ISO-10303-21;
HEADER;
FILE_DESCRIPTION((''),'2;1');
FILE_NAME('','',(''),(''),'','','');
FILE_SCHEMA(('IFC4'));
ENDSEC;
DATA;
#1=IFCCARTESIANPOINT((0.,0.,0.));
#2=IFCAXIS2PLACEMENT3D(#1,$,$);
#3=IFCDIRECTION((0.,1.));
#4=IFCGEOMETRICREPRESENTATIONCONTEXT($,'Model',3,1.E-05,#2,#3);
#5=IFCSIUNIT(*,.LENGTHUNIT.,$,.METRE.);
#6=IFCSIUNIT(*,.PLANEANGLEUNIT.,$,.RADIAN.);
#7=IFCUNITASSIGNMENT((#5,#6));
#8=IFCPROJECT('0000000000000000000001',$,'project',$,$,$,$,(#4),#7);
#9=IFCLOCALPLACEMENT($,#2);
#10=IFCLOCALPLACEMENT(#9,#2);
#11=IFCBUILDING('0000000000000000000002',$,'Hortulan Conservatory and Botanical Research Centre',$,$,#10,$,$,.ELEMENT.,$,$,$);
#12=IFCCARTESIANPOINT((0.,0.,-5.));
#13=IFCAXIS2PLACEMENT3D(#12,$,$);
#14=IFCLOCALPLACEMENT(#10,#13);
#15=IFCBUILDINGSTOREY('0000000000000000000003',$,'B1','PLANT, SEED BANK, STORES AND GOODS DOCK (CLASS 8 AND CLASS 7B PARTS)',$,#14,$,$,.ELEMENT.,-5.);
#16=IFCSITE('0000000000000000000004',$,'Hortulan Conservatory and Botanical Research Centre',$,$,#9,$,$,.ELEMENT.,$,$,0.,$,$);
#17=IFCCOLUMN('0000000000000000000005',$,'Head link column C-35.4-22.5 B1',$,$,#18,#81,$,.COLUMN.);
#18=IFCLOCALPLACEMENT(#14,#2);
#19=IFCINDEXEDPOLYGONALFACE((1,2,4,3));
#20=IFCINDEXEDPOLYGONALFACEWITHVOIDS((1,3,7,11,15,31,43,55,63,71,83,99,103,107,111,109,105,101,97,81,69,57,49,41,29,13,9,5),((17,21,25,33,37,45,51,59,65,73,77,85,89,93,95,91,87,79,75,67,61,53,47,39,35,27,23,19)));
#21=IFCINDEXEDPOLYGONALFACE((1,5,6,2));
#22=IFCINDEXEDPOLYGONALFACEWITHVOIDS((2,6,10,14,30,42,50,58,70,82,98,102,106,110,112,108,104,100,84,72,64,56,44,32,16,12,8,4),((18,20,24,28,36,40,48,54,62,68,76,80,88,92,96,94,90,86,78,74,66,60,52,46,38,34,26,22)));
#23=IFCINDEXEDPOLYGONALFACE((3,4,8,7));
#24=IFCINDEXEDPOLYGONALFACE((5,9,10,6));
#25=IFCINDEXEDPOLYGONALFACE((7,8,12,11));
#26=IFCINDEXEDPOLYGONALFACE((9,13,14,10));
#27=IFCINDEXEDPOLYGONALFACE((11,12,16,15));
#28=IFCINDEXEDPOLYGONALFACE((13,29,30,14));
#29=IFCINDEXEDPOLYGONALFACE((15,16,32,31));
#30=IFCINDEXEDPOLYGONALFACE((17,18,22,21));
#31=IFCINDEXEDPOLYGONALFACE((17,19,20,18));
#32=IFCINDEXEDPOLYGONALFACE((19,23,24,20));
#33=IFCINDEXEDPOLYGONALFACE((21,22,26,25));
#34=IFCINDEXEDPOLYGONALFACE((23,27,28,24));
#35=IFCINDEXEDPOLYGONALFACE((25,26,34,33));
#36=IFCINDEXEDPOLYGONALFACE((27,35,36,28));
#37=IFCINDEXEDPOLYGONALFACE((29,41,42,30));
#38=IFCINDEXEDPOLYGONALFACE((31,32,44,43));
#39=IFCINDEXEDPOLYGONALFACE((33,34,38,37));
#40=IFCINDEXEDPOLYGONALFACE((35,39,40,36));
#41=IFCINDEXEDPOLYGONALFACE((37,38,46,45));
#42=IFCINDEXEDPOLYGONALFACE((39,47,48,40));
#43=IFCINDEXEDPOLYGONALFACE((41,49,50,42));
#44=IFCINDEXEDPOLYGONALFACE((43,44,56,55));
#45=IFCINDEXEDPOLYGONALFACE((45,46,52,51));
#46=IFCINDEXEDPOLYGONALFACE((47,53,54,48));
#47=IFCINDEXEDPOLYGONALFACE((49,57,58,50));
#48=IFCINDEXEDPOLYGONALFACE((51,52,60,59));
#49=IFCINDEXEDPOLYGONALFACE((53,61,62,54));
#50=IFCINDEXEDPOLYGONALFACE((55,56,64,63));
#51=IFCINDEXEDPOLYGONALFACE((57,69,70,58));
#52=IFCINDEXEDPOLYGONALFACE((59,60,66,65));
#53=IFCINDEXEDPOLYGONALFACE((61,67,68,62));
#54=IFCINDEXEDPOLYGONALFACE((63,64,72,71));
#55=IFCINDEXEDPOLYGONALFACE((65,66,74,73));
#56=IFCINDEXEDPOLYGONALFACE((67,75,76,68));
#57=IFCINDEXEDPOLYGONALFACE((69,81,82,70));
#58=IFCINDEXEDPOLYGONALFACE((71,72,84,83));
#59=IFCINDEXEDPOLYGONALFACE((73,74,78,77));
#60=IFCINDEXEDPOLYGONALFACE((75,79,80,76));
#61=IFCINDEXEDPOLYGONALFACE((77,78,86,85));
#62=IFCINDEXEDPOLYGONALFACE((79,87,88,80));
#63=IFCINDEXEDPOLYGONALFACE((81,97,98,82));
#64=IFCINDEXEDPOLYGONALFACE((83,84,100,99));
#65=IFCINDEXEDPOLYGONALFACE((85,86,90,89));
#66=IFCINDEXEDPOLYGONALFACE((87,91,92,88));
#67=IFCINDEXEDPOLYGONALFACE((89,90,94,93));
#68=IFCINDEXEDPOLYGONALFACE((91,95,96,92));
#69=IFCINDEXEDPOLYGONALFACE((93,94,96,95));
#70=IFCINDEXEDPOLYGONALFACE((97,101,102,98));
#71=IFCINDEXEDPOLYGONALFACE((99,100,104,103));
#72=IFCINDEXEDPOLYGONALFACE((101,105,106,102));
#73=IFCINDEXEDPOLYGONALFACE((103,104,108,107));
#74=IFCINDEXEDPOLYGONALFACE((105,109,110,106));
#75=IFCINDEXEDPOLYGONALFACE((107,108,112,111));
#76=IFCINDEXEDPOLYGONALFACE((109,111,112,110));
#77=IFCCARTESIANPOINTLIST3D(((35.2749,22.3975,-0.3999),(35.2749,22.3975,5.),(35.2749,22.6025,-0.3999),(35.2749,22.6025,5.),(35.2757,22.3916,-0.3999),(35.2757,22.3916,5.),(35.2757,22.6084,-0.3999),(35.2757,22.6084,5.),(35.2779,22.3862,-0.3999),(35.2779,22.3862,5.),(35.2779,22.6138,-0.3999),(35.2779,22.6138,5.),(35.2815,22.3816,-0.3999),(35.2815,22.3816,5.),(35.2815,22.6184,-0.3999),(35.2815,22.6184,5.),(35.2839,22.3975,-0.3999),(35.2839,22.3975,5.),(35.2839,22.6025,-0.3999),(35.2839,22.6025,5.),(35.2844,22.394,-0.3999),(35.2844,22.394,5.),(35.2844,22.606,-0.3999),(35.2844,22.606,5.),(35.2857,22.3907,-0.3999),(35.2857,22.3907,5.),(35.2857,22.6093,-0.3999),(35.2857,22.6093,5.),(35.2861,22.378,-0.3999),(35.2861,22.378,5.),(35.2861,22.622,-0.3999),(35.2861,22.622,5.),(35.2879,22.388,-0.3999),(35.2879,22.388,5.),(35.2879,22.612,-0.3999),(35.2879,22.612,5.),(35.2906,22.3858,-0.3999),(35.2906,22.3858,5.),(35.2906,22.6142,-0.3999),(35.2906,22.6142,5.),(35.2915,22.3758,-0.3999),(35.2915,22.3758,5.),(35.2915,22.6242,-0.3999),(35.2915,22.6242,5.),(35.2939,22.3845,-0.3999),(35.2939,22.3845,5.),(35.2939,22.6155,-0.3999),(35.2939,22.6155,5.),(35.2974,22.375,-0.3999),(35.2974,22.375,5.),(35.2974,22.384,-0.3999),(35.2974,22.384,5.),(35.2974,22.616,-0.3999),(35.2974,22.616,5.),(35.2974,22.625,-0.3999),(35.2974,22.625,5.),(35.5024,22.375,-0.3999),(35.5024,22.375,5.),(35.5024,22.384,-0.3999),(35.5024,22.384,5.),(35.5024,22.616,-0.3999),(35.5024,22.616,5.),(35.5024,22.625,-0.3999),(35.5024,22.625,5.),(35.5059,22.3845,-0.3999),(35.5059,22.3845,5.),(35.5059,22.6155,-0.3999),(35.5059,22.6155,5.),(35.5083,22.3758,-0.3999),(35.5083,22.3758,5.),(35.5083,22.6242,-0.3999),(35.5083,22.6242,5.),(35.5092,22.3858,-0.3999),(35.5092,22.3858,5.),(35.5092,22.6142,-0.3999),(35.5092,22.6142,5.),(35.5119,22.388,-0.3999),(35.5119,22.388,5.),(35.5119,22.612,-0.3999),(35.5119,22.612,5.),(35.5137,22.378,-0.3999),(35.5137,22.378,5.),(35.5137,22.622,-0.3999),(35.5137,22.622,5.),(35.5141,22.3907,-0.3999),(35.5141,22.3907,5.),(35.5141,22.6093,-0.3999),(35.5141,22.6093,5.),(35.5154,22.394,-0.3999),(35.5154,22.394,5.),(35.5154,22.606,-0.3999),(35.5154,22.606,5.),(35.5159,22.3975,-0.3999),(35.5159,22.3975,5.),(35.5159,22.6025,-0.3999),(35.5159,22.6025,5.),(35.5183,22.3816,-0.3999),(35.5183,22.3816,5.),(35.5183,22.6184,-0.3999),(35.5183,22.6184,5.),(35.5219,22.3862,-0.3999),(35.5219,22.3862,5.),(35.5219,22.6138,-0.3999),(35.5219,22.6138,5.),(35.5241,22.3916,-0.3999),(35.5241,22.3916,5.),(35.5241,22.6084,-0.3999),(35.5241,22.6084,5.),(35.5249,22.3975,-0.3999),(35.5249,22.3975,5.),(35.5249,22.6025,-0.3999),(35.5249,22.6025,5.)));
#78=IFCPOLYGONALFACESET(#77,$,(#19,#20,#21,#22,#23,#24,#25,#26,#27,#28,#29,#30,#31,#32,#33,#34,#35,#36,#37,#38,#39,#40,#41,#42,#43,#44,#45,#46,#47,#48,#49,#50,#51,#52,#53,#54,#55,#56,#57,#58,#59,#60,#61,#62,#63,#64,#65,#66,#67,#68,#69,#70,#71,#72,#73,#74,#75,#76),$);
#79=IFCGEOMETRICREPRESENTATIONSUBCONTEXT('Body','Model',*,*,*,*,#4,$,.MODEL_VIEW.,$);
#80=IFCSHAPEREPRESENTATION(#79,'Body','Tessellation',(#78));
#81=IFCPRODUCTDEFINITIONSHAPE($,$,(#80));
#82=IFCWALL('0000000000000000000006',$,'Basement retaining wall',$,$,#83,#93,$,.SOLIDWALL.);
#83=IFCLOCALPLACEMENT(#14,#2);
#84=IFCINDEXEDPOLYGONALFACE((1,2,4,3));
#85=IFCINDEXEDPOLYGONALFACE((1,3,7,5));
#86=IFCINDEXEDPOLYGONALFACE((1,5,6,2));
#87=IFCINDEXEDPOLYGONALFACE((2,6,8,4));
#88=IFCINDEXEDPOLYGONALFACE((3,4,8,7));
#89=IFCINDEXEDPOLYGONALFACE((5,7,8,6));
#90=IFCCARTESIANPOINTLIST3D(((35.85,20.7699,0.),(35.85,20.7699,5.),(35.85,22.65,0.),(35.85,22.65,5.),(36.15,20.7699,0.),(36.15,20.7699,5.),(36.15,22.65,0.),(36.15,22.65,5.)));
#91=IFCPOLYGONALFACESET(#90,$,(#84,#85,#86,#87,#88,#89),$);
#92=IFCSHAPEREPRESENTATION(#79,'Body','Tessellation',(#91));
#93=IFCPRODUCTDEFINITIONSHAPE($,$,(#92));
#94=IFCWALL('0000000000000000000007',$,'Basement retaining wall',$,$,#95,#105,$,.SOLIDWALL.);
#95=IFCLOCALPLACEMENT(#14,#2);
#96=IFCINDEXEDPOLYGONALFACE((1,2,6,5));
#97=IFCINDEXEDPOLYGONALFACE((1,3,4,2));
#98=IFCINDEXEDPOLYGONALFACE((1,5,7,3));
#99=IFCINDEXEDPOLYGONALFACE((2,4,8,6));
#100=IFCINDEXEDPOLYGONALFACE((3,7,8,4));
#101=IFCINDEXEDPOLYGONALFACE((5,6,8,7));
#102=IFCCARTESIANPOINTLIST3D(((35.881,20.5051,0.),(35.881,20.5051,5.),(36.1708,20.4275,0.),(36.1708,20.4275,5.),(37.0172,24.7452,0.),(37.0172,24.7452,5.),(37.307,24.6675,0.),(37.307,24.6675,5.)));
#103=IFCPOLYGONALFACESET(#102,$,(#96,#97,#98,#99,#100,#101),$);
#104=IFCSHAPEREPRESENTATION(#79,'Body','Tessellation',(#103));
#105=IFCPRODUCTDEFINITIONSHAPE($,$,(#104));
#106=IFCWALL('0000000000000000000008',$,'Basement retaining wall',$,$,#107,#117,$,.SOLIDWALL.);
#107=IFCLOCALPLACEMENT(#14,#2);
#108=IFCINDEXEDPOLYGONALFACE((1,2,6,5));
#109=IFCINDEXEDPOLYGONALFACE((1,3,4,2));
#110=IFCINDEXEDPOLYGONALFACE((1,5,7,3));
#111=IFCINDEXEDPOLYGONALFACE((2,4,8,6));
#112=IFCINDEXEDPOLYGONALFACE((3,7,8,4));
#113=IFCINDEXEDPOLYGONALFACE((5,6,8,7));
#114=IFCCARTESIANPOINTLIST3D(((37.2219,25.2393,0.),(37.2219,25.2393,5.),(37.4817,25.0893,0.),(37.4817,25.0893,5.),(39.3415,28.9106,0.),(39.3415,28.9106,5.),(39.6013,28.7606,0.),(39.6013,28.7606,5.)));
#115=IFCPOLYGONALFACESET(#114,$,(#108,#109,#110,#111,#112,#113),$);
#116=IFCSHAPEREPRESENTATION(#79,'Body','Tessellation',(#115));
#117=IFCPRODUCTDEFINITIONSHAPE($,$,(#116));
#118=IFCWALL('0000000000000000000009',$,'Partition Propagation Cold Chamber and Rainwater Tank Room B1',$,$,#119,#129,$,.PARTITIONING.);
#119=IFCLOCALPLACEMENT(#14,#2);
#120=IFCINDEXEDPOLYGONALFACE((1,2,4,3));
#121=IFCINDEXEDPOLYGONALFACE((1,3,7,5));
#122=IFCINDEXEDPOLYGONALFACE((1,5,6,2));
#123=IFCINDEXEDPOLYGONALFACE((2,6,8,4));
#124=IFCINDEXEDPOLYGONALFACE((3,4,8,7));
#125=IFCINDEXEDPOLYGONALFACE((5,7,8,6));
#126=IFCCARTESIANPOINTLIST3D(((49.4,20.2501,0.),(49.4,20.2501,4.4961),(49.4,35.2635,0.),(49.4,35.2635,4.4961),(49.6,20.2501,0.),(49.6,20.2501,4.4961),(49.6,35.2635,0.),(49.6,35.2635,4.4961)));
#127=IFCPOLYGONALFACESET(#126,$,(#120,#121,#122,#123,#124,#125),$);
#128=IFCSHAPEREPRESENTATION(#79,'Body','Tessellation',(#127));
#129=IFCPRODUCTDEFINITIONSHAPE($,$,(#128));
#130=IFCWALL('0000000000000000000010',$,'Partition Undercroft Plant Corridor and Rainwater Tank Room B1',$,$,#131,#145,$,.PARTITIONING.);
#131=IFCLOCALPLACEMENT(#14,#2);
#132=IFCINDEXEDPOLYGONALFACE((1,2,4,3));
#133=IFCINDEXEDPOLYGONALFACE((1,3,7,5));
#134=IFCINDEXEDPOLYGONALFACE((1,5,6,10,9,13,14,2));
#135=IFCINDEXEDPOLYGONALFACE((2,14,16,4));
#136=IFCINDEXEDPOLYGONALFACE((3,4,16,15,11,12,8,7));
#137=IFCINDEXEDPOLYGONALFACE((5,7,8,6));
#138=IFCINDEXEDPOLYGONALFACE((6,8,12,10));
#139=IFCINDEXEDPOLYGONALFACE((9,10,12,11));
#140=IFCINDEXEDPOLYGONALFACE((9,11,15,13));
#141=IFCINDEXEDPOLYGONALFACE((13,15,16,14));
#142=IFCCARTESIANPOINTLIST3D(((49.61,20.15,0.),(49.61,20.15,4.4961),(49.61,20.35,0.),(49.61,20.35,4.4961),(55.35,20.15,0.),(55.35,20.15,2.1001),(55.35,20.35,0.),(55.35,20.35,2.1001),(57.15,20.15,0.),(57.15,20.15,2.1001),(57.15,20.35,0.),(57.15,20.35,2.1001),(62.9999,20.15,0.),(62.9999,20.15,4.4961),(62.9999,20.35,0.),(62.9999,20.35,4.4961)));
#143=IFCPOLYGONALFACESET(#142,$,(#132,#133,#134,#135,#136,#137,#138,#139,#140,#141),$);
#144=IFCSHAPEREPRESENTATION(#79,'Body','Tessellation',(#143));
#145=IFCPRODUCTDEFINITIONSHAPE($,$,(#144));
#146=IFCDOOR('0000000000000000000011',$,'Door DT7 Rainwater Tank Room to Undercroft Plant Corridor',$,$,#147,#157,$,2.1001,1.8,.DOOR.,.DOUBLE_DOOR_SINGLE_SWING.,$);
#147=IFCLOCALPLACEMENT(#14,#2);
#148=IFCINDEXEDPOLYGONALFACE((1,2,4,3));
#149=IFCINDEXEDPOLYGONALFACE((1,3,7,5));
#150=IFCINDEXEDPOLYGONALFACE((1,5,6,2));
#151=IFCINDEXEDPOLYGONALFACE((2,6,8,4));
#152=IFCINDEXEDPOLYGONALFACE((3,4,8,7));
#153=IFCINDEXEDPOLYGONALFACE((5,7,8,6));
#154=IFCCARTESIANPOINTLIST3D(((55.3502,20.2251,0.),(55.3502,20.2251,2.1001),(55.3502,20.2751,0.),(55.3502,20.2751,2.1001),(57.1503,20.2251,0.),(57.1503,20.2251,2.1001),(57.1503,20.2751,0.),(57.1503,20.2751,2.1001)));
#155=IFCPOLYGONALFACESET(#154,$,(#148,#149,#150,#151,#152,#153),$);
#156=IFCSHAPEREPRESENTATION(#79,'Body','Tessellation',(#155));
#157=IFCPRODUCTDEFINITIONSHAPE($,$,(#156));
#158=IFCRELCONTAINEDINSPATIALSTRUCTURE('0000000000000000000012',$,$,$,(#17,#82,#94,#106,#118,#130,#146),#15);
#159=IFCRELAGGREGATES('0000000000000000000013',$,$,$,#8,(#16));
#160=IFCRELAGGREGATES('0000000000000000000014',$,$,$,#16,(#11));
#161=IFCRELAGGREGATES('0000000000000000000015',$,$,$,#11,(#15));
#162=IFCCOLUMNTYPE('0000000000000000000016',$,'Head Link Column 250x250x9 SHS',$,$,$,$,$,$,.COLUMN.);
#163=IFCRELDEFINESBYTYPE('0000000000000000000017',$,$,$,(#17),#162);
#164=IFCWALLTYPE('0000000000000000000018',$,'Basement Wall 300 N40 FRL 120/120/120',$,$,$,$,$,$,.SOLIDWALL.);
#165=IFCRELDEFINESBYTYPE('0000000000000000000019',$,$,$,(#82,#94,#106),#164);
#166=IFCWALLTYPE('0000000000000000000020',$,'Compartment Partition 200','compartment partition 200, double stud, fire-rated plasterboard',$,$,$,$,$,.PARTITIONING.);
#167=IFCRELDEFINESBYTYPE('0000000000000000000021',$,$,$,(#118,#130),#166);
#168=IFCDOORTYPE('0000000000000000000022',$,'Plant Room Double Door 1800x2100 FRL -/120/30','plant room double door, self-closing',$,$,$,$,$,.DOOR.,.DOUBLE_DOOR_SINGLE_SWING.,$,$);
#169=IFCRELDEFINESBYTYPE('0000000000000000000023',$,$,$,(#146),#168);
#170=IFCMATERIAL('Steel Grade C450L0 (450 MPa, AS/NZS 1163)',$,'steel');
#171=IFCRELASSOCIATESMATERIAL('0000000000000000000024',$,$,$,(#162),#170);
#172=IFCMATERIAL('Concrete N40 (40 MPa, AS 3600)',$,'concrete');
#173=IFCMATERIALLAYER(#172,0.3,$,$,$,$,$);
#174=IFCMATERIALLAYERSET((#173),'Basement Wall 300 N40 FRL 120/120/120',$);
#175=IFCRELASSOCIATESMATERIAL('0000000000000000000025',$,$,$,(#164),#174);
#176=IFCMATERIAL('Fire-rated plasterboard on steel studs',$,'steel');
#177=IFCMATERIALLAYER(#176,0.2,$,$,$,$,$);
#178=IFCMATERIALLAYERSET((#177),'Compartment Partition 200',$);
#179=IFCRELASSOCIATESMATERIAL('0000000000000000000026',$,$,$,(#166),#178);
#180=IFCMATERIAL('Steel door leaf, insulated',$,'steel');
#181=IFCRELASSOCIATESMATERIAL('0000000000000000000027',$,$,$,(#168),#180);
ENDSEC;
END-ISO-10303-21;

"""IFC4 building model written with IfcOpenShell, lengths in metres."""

from ifc_helpers import new_model, si_unit, direction, frame, frame_2d, origin, origin_2d, place, context, subcontext, project, spatial, rectangle, hollow_rectangle, extrude, material, layer, layer_set, material_profile, profile_set, type_object, element, fill, save


model = new_model("IFC4")

# Units and contexts
model_context = context("Model", 3, precision=1e-05, world=origin(), true_north=direction((0.0, 1.0)))
body_context = subcontext(model_context, "Body", "Model", "MODEL_VIEW")
ifc_project = project(units=[si_unit("LENGTHUNIT", "METRE"), si_unit("PLANEANGLEUNIT", "RADIAN")], contexts=[model_context])

# Site, building, storey
site_placement = place(None, origin())
site = spatial("IfcSite", under=ifc_project, at=site_placement, Name="Hortulan Conservatory and Botanical Research Centre", CompositionType="ELEMENT", RefElevation=0.0)
building_placement = place(site_placement, origin())
building = spatial("IfcBuilding", under=site, at=building_placement, Name="Hortulan Conservatory and Botanical Research Centre", CompositionType="ELEMENT")
storey_placement = place(building_placement, frame((0.0, 0.0, -5.0)))
storey = spatial("IfcBuildingStorey", under=building, at=storey_placement, Name="B1", Description="PLANT, SEED BANK, STORES AND GOODS DOCK (CLASS 8 AND CLASS 7B PARTS)", CompositionType="ELEMENT", Elevation=-5.0)

# Shared definitions
ifc_material_1 = material(Name="Concrete N40 (40 MPa, AS 3600)", Category="concrete")

# Column
ifc_material_2 = material(Name="Steel Grade C450L0 (450 MPa, AS/NZS 1163)", Category="steel")
ifc_material_profile_1 = material_profile(ifc_material_2, hollow_rectangle(XDim=0.25, YDim=0.25, WallThickness=0.009, InnerFilletRadius=0.0134, OuterFilletRadius=0.0225, at=origin_2d()), Name="250x250x9SHS")
ifc_profile_set_1 = profile_set([ifc_material_profile_1], Name="Steel Grade C450L0 (450 MPa, AS/NZS 1163)")
column_type_1 = type_object("IfcColumnType", Name="Head Link Column 250x250x9 SHS", PredefinedType="COLUMN", material=ifc_profile_set_1)
column_1_placement = place(storey_placement, frame((35.3999, 22.5, -0.3999), z_axis=(0.0, 0.0, 1.0), x_axis=(1.0, 0.0, 0.0)))
element("IfcColumn", 1, at=column_1_placement, inside=storey, type_object=column_type_1, Name="Head link column C-35.4-22.5 B1", PredefinedType="COLUMN", context=body_context, shape_type="SweptSolid", body=[
    extrude(hollow_rectangle(XDim=0.25, YDim=0.25, WallThickness=0.009, InnerFilletRadius=0.0134, OuterFilletRadius=0.0225, at=origin_2d()), origin(), (0.0, 0.0, 1.0), 5.3999),
])

# Walls
ifc_layer_1 = layer(ifc_material_1, 0.3)
ifc_layer_set_1 = layer_set([ifc_layer_1], Name="Basement Wall 300 N40 FRL 120/120/120")
wall_type_1 = type_object("IfcWallType", Name="Basement Wall 300 N40 FRL 120/120/120", PredefinedType="SOLIDWALL", material=ifc_layer_set_1)
wall_1_placement = place(storey_placement, frame((36.0, 22.6499, 0.0), z_axis=(0.0, 0.0, 1.0), x_axis=(0.0, -1.0, 0.0)))
element("IfcWall", 2, at=wall_1_placement, inside=storey, type_object=wall_type_1, Name="Basement retaining wall", PredefinedType="SOLIDWALL", context=body_context, shape_type="SweptSolid", body=[
    extrude(rectangle(XDim=1.8801, YDim=0.3, at=frame_2d((0.9399, 0.0))), origin(), (0.0, 0.0, 1.0), 5.0),
])
wall_2_placement = place(storey_placement, frame((36.0259, 20.4663, 0.0), z_axis=(0.0, 0.0, 1.0), x_axis=(0.258846, 0.965919, 0.0)))
element("IfcWall", 3, at=wall_2_placement, inside=storey, type_object=wall_type_1, Name="Basement retaining wall", PredefinedType="SOLIDWALL", context=body_context, shape_type="SweptSolid", body=[
    extrude(rectangle(XDim=4.3896, YDim=0.3, at=frame_2d((2.1948, 0.0))), origin(), (0.0, 0.0, 1.0), 5.0),
])
wall_3_placement = place(storey_placement, frame((37.3518, 25.1643, 0.0), z_axis=(0.0, 0.0, 1.0), x_axis=(0.499992, 0.86603, 0.0)))
element("IfcWall", 4, at=wall_3_placement, inside=storey, type_object=wall_type_1, Name="Basement retaining wall", PredefinedType="SOLIDWALL", context=body_context, shape_type="SweptSolid", body=[
    extrude(rectangle(XDim=4.2393, YDim=0.3, at=frame_2d((2.1196, 0.0))), origin(), (0.0, 0.0, 1.0), 5.0),
])
ifc_material_3 = material(Name="Fire-rated plasterboard on steel studs", Category="steel")
ifc_layer_2 = layer(ifc_material_3, 0.2)
ifc_layer_set_2 = layer_set([ifc_layer_2], Name="Compartment Partition 200")
wall_type_2 = type_object("IfcWallType", Name="Compartment Partition 200", Description="compartment partition 200, double stud, fire-rated plasterboard", PredefinedType="PARTITIONING", material=ifc_layer_set_2)
wall_4_placement = place(storey_placement, frame((49.5, 20.25, 0.0), z_axis=(0.0, 0.0, 1.0), x_axis=(0.0, 1.0, 0.0)))
element("IfcWall", 5, at=wall_4_placement, inside=storey, type_object=wall_type_2, Name="Partition Propagation Cold Chamber and Rainwater Tank Room B1", PredefinedType="PARTITIONING", context=body_context, shape_type="SweptSolid", body=[
    extrude(rectangle(XDim=15.0134, YDim=0.2, at=frame_2d((7.5068, 0.0))), origin(), (0.0, 0.0, 1.0), 4.4961),
])

# Wall, opening, door
wall_5_placement = place(storey_placement, frame((49.6101, 20.25, 0.0), z_axis=(0.0, 0.0, 1.0), x_axis=(1.0, 0.0, 0.0)))
wall_5 = element("IfcWall", 6, at=wall_5_placement, inside=storey, type_object=wall_type_2, Name="Partition Undercroft Plant Corridor and Rainwater Tank Room B1", PredefinedType="PARTITIONING", context=body_context, shape_type="SweptSolid", body=[
    extrude(rectangle(XDim=13.3899, YDim=0.2, at=frame_2d((6.6948, 0.0))), origin(), (0.0, 0.0, 1.0), 4.4961),
])
opening_1_placement = place(wall_5_placement, frame((5.74, 0.0, 0.0)))
opening_1 = element("IfcOpeningElement", 7, at=opening_1_placement, cuts=wall_5, PredefinedType="OPENING", context=body_context, shape_type="SweptSolid", body=[
    extrude(rectangle(XDim=1.8, YDim=2.1001, at=frame_2d((0.8999, 1.05))), frame((0.0, 0.1099, 0.0), z_axis=(0.0, -1.0, 0.0), x_axis=(1.0, 0.0, 0.0)), (0.0, 0.0, 1.0), 0.22),
])
ifc_material_4 = material(Name="Steel door leaf, insulated", Category="steel")
door_type_1 = type_object("IfcDoorType", Name="Plant Room Double Door 1800x2100 FRL -/120/30", Description="plant room double door, self-closing", OperationType="DOUBLE_DOOR_SINGLE_SWING", PredefinedType="DOOR", material=ifc_material_4)
door_1_placement = place(opening_1_placement, frame((1.8, 0.0, 0.0), z_axis=(0.0, 0.0, 1.0), x_axis=(-1.0, 0.0, 0.0)))
door_1 = element("IfcDoor", 8, at=door_1_placement, inside=storey, type_object=door_type_1, Name="Door DT7 Rainwater Tank Room to Undercroft Plant Corridor", OperationType="DOUBLE_DOOR_SINGLE_SWING", OverallHeight=2.1001, OverallWidth=1.8, PredefinedType="DOOR", context=body_context, shape_type="SweptSolid", body=[
    extrude(rectangle(XDim=1.8, YDim=2.1001, at=frame_2d((0.8999, 1.05))), frame((0.0, 0.0249, 0.0), z_axis=(0.0, -1.0, 0.0), x_axis=(1.0, 0.0, 0.0)), (0.0, 0.0, 1.0), 0.05),
])
fill(opening_1, door_1)

save(model, "model.ifc")
